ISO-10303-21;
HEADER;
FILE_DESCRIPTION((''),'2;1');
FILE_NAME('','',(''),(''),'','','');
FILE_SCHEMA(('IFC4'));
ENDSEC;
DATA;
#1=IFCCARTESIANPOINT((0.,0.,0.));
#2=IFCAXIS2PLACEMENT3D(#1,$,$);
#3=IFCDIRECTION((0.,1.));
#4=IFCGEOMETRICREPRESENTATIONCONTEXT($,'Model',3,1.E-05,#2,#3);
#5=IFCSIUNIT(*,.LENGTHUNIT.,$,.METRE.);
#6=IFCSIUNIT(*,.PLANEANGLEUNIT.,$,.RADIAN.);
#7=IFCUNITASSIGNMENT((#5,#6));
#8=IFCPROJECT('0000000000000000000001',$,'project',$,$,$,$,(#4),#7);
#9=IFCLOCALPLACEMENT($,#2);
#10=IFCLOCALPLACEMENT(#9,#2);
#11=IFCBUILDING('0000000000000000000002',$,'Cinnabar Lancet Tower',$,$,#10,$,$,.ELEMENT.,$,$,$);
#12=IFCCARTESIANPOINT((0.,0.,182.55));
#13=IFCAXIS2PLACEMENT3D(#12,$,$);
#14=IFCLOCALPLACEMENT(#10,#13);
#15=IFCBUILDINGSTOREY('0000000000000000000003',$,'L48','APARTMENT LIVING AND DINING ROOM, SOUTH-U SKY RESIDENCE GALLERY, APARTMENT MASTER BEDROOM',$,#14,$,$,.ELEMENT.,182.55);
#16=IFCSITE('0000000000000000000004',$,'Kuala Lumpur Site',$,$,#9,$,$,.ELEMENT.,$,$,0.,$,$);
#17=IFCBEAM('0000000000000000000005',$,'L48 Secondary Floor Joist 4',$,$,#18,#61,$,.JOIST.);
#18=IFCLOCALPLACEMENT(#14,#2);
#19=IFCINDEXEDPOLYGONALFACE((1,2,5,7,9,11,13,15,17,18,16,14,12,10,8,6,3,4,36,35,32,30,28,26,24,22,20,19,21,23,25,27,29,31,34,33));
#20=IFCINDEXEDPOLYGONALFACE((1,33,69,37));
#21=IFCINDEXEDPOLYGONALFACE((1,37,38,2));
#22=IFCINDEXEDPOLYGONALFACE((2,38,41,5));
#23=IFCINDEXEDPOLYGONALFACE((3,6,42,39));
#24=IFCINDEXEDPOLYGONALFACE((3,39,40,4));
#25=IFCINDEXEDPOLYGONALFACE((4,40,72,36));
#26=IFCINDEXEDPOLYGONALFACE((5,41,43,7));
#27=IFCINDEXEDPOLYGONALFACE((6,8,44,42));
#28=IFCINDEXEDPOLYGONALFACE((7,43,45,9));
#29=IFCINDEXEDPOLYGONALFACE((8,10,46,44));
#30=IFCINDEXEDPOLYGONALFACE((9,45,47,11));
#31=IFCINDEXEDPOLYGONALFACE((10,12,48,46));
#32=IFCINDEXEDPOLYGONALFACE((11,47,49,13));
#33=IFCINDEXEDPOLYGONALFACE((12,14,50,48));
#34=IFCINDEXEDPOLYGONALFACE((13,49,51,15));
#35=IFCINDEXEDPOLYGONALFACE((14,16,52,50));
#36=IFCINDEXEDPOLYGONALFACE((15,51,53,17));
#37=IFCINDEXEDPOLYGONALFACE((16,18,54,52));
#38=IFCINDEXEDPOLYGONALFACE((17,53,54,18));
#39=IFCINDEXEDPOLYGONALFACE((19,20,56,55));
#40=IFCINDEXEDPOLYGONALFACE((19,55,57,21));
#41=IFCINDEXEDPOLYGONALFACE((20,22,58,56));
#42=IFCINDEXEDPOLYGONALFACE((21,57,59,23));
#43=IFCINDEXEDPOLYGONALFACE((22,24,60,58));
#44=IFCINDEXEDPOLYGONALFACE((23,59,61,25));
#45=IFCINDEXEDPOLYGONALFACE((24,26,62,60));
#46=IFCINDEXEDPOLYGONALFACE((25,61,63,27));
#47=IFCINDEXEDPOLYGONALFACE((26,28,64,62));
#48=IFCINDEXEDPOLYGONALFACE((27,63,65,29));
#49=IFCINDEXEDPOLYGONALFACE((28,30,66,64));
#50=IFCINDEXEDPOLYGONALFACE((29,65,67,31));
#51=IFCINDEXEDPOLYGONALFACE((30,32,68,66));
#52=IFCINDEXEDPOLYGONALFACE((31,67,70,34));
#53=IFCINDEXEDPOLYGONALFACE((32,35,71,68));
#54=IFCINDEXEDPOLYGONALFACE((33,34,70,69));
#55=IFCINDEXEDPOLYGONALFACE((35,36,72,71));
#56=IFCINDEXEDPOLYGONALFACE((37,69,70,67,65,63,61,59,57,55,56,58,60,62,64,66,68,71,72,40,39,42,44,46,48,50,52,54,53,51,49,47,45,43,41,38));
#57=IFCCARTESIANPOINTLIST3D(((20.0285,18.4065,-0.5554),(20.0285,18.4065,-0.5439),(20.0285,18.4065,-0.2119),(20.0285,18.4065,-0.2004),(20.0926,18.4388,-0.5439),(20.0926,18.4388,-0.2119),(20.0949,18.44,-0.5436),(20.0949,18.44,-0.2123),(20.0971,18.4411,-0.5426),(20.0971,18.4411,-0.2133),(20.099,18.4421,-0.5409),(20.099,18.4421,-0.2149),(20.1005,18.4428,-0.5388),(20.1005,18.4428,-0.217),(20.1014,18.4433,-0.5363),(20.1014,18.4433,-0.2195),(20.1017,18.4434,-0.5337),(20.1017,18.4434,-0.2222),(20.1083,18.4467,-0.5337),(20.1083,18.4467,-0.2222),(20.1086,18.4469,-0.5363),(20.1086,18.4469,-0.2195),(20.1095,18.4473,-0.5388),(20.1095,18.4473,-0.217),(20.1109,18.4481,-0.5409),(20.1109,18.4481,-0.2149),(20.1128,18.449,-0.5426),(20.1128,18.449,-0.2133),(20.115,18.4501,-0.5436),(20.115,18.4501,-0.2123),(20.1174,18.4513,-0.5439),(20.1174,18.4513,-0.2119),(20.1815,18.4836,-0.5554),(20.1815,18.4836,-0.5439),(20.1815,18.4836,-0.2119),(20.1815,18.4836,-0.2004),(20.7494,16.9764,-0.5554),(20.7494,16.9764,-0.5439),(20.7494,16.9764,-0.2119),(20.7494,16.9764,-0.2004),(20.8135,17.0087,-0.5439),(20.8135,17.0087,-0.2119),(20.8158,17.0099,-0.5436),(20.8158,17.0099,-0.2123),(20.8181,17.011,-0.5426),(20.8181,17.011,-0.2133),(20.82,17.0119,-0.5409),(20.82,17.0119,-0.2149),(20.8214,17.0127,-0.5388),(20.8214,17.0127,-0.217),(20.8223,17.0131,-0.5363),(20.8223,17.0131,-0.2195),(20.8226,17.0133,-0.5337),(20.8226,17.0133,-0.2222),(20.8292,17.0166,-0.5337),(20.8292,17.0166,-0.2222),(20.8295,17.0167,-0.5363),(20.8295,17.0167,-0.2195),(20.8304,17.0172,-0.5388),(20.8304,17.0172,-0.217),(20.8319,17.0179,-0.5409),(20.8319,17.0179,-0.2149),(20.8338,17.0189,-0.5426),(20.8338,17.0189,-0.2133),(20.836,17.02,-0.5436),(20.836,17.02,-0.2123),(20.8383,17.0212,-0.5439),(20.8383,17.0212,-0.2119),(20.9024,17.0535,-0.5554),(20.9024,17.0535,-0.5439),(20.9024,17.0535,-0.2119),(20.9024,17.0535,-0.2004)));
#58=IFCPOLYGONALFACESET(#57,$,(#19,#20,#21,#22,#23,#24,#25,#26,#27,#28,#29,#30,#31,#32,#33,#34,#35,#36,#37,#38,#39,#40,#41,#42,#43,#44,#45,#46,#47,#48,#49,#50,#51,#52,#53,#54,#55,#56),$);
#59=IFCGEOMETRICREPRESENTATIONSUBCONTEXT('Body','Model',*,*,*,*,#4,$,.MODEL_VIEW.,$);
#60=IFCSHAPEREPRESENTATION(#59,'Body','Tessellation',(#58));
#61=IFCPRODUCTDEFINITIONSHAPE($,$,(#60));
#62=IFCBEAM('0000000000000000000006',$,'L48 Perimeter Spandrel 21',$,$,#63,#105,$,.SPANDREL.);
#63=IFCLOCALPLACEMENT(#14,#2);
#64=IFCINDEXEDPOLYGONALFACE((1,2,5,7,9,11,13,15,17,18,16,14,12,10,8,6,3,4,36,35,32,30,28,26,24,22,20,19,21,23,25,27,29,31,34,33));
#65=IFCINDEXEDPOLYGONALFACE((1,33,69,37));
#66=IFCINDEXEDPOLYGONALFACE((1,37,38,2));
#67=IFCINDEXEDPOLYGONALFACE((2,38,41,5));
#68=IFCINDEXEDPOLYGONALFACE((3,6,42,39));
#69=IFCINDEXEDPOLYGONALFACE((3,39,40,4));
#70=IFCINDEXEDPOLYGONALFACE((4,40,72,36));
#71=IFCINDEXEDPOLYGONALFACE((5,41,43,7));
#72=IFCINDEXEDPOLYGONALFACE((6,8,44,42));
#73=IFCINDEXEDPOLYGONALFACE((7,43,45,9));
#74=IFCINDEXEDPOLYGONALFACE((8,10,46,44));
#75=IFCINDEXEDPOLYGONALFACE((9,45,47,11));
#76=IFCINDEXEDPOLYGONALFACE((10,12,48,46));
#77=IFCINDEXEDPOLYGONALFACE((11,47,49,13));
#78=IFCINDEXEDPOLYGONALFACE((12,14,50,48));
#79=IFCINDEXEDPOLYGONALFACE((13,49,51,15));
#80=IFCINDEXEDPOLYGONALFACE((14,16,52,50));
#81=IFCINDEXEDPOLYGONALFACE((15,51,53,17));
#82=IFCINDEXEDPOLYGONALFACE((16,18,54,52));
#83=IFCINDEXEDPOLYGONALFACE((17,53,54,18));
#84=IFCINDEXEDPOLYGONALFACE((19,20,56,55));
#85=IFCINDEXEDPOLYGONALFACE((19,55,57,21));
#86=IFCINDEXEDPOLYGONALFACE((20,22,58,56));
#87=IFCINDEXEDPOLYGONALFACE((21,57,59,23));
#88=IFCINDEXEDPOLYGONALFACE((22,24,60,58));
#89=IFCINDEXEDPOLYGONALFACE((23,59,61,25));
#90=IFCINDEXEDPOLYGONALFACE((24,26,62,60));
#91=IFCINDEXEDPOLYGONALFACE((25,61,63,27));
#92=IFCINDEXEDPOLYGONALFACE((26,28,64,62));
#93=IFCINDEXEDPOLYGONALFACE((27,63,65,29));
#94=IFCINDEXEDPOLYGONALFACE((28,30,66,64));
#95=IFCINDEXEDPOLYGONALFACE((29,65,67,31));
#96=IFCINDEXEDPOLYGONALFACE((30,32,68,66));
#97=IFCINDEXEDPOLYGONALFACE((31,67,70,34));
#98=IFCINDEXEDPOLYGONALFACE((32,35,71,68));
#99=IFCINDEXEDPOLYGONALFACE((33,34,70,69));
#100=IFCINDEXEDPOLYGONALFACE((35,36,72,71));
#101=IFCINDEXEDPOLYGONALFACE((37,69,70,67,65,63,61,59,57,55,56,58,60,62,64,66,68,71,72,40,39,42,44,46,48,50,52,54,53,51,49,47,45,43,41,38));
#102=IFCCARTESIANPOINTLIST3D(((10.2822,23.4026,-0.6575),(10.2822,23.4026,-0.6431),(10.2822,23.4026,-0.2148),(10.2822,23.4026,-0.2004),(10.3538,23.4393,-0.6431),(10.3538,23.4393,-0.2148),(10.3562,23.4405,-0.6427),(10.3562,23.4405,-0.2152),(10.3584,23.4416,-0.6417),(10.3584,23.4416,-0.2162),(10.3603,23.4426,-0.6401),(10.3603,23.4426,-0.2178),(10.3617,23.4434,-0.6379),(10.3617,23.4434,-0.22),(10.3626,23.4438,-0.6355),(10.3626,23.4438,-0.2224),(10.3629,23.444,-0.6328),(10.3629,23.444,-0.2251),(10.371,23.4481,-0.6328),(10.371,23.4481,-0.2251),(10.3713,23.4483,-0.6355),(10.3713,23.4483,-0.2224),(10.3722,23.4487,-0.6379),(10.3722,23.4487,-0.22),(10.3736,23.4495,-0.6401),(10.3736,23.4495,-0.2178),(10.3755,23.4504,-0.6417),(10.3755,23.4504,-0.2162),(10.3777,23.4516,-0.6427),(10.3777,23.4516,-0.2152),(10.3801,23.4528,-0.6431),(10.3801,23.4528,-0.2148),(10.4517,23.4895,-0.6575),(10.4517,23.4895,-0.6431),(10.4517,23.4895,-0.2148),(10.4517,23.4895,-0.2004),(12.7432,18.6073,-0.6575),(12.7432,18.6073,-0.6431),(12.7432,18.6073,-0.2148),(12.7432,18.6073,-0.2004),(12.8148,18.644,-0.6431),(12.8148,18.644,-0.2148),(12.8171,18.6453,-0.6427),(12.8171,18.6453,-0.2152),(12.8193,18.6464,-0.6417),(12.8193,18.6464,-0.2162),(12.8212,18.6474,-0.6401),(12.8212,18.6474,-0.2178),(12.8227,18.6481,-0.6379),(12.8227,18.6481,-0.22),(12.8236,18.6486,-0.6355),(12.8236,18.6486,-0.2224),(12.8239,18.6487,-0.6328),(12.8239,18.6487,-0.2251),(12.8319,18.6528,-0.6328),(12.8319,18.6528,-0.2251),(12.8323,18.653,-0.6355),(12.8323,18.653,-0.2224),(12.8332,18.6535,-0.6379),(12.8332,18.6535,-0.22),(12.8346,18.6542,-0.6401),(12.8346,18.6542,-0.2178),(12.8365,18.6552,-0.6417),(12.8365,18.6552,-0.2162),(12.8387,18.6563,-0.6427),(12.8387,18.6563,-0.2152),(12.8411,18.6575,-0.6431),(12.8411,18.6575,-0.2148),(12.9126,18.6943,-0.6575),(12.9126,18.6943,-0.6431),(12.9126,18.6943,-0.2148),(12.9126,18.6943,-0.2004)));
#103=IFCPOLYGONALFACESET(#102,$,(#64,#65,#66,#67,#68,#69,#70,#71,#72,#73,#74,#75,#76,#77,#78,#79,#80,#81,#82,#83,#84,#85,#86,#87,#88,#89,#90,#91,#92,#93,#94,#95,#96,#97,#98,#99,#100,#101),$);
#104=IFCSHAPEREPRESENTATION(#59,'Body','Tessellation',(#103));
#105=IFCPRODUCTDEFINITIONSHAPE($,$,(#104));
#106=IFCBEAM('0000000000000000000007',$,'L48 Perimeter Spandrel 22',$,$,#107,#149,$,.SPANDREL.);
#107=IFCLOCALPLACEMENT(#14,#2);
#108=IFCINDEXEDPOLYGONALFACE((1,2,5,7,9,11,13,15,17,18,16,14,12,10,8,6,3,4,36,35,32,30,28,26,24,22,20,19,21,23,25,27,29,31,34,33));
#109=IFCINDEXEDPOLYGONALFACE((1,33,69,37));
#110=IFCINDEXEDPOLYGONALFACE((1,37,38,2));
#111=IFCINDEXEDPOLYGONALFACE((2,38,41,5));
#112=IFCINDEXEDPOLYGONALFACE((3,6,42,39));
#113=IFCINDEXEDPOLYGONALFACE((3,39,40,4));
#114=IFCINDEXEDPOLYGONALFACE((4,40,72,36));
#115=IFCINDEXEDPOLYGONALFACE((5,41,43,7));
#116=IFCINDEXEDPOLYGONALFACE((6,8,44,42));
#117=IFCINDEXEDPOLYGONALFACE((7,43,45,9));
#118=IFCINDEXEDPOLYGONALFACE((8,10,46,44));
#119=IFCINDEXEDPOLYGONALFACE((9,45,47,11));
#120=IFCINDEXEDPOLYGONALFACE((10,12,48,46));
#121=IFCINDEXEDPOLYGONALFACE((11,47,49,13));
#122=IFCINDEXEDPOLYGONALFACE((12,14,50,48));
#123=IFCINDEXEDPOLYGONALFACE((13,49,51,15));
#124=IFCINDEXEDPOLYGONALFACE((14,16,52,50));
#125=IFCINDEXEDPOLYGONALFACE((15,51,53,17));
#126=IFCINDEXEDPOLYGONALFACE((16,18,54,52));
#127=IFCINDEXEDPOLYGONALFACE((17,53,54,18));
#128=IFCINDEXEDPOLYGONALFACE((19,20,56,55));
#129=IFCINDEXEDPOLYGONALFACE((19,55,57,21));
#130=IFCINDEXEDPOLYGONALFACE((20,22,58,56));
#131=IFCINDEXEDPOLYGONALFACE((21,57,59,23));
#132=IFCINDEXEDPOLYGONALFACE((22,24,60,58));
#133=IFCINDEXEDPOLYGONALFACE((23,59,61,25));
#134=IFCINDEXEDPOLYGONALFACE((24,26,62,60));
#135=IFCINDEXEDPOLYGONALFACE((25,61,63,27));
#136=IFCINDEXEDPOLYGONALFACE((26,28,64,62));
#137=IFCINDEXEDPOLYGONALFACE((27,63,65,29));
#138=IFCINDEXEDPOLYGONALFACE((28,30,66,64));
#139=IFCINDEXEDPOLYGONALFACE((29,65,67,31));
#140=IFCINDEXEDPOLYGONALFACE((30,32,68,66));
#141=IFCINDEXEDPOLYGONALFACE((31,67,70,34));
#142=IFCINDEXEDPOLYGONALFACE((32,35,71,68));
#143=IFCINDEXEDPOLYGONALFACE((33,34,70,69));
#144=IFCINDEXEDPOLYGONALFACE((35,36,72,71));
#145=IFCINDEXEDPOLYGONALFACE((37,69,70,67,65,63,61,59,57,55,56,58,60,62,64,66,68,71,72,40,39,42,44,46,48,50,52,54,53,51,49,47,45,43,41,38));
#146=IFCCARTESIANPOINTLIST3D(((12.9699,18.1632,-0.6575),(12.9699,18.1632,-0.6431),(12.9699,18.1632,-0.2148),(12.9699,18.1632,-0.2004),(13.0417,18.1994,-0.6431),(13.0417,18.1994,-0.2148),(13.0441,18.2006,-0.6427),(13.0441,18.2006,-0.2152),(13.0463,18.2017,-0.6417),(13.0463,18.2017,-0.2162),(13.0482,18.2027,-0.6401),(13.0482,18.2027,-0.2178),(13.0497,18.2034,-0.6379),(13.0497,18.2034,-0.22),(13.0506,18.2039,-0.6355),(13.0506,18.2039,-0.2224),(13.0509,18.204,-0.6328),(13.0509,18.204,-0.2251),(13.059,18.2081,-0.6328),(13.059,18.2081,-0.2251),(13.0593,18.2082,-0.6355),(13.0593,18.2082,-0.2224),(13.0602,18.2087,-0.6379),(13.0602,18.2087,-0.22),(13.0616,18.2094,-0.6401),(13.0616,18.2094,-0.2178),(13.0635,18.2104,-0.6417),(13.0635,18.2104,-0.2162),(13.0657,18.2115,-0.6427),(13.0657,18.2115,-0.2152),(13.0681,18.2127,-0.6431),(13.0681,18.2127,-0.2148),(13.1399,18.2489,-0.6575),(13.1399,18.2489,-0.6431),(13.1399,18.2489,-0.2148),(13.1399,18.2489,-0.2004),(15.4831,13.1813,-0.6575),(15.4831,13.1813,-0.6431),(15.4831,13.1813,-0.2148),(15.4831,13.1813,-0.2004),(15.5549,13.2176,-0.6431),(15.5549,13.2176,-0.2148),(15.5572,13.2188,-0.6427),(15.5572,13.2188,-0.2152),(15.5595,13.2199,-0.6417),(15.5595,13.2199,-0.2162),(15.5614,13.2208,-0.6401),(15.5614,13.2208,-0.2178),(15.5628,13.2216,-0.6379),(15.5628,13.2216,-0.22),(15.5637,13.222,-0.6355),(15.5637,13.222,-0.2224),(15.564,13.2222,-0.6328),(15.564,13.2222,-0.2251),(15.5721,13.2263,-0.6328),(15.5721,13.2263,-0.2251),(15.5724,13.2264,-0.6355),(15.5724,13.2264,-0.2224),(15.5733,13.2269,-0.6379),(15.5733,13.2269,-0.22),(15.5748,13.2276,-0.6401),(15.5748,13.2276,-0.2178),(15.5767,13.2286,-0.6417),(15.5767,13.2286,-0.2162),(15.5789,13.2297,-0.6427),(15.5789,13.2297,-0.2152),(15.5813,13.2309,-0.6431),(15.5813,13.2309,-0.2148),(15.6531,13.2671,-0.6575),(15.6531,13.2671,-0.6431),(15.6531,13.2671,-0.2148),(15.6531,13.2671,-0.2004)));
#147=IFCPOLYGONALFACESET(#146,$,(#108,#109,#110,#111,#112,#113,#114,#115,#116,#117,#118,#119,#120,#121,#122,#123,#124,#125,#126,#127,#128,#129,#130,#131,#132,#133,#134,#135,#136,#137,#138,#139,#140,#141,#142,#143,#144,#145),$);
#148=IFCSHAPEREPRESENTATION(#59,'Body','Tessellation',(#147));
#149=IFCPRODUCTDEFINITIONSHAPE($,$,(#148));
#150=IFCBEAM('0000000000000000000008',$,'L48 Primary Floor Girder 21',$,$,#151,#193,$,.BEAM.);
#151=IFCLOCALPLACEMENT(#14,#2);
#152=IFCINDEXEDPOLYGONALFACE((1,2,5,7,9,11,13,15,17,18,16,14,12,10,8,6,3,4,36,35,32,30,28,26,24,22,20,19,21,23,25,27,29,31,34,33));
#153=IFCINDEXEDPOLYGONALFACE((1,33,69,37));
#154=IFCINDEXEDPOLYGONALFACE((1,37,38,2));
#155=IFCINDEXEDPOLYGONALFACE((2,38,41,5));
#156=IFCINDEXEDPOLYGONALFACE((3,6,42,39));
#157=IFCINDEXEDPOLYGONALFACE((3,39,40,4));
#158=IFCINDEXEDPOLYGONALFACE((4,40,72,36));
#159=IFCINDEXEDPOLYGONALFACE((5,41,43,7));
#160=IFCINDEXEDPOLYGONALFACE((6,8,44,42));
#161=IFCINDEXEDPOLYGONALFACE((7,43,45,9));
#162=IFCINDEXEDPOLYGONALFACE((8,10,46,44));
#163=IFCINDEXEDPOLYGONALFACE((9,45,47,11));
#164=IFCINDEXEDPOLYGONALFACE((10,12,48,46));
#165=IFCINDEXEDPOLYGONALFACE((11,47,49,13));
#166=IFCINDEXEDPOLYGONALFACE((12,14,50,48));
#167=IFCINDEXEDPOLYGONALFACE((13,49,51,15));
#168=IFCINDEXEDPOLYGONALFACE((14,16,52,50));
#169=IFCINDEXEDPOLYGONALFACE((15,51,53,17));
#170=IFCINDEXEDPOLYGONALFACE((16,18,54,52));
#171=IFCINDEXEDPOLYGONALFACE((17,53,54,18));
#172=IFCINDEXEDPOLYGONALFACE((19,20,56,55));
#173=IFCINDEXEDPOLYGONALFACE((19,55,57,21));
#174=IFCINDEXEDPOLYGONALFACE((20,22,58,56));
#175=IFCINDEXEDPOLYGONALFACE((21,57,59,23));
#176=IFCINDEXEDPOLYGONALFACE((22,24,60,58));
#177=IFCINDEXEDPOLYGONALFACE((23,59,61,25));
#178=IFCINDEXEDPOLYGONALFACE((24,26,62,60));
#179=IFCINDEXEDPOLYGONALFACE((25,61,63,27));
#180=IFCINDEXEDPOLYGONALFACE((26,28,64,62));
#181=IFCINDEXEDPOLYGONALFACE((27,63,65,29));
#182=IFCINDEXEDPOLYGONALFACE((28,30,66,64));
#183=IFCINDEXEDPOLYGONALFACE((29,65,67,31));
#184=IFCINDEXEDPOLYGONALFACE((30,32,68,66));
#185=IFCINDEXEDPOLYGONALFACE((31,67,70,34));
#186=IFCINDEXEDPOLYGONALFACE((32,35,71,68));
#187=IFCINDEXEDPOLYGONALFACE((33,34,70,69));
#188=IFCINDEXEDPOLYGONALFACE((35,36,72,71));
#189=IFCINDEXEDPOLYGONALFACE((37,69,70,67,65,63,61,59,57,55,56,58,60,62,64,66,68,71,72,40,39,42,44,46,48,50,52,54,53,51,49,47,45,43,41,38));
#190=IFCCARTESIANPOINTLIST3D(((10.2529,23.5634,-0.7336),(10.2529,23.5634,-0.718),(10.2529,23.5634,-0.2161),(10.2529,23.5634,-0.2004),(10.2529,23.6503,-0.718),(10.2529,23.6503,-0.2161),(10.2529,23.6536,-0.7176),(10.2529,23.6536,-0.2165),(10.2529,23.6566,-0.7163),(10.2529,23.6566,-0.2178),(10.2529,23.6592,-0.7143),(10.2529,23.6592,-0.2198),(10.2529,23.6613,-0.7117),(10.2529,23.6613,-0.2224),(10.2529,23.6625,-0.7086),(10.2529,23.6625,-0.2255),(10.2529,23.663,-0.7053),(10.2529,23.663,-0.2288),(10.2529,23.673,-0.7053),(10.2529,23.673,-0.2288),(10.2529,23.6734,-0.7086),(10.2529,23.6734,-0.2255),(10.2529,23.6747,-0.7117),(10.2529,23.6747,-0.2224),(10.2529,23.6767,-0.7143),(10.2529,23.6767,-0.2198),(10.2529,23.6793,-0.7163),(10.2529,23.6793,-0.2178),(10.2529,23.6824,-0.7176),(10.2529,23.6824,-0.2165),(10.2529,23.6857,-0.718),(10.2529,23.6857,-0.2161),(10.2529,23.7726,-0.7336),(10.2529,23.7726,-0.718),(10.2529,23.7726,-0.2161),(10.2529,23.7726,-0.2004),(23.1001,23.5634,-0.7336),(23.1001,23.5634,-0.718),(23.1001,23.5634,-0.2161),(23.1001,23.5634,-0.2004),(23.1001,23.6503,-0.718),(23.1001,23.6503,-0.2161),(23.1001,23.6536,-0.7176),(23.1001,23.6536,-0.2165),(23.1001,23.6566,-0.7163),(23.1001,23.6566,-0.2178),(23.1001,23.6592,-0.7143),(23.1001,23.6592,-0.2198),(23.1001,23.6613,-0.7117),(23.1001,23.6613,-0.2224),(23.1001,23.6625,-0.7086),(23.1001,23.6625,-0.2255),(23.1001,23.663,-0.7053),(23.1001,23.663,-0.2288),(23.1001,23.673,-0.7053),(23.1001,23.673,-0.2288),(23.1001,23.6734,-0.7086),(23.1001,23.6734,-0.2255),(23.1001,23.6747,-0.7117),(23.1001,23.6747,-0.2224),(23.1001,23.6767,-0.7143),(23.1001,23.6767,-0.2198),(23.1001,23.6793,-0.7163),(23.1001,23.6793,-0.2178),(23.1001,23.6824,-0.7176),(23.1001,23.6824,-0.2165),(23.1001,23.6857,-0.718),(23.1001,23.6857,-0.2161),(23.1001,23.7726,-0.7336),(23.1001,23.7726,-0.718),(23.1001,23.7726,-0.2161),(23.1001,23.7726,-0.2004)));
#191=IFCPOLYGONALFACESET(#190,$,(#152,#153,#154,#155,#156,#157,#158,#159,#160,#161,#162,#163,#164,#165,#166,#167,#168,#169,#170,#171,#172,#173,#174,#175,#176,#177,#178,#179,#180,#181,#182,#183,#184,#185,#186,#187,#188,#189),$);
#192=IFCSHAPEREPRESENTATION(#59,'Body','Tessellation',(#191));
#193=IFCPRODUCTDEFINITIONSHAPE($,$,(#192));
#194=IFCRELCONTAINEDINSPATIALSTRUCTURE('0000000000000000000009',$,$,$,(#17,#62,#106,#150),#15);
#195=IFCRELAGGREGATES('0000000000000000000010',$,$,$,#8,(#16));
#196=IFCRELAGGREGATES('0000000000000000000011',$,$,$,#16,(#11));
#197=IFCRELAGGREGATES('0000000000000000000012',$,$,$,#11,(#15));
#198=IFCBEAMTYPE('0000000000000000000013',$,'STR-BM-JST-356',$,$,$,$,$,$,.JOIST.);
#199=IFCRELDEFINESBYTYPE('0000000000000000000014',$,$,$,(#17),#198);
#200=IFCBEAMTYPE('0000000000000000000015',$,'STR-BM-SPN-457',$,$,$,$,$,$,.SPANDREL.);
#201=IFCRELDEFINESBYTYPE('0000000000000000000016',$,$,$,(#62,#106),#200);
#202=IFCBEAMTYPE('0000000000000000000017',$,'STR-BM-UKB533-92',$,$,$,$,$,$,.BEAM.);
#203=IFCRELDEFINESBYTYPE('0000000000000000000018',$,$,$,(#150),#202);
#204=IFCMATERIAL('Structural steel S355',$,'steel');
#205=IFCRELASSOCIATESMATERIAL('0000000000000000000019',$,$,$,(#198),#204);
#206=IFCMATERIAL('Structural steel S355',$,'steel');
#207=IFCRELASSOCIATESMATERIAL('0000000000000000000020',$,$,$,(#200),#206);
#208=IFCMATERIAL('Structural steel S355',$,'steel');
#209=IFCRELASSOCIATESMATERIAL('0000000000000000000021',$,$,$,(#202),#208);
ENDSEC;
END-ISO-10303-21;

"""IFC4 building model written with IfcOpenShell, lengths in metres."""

from ifc_helpers import new_model, si_unit, direction, frame, origin, origin_2d, place, context, subcontext, project, spatial, i_section, extrude, material, material_profile, profile_set, type_object, element, save


model = new_model("IFC4")

# Units and contexts
model_context = context("Model", 3, precision=1e-05, world=origin(), true_north=direction((0.0, 1.0)))
body_context = subcontext(model_context, "Body", "Model", "MODEL_VIEW")
ifc_project = project(units=[si_unit("LENGTHUNIT", "METRE"), si_unit("PLANEANGLEUNIT", "RADIAN")], contexts=[model_context])

# Site, building, storey
site_placement = place(None, origin())
site = spatial("IfcSite", under=ifc_project, at=site_placement, Name="Kuala Lumpur Site", CompositionType="ELEMENT", RefElevation=0.0)
building_placement = place(site_placement, origin())
building = spatial("IfcBuilding", under=site, at=building_placement, Name="Cinnabar Lancet Tower", CompositionType="ELEMENT")
storey_placement = place(building_placement, frame((0.0, 0.0, 182.55)))
storey = spatial("IfcBuildingStorey", under=building, at=storey_placement, Name="L48", Description="APARTMENT LIVING AND DINING ROOM, SOUTH-U SKY RESIDENCE GALLERY, APARTMENT MASTER BEDROOM", CompositionType="ELEMENT", Elevation=182.55)

# Beams
ifc_material_1 = material(Name="Structural steel S355", Category="steel")
ifc_material_profile_1 = material_profile(ifc_material_1, i_section(OverallWidth=0.1714, OverallDepth=0.355, WebThickness=0.0073, FlangeThickness=0.0115, FilletRadius=0.0103, at=origin_2d()), Name="UKB 356x171x51")
ifc_profile_set_1 = profile_set([ifc_material_profile_1], Name="Structural steel S355")
beam_type_1 = type_object("IfcBeamType", Name="STR-BM-JST-356", PredefinedType="JOIST", material=ifc_profile_set_1)
beam_1_placement = place(storey_placement, frame((20.105, 18.4451, -0.3779), z_axis=(0.450138, -0.892959, 0.0), x_axis=(0.892959, 0.450138, 0.0)))
element("IfcBeam", 1, at=beam_1_placement, inside=storey, type_object=beam_type_1, Name="L48 Secondary Floor Joist 4", PredefinedType="JOIST", context=body_context, shape_type="SweptSolid", body=[
    extrude(i_section(OverallWidth=0.1714, OverallDepth=0.355, WebThickness=0.0073, FlangeThickness=0.0115, FilletRadius=0.0103, at=origin_2d()), origin(), (0.0, 0.0, 1.0), 1.6016),
])
ifc_material_2 = material(Name="Structural steel S355", Category="steel")
ifc_material_profile_2 = material_profile(ifc_material_2, i_section(OverallWidth=0.1904, OverallDepth=0.457, WebThickness=0.009, FlangeThickness=0.0144, FilletRadius=0.0103, at=origin_2d()), Name="UKB 457x191x74")
ifc_profile_set_2 = profile_set([ifc_material_profile_2], Name="Structural steel S355")
beam_type_2 = type_object("IfcBeamType", Name="STR-BM-SPN-457", PredefinedType="SPANDREL", material=ifc_profile_set_2)
beam_2_placement = place(storey_placement, frame((10.3669, 23.446, -0.429), z_axis=(0.456593, -0.889676, 0.0), x_axis=(0.889676, 0.456593, 0.0)))
element("IfcBeam", 2, at=beam_2_placement, inside=storey, type_object=beam_type_2, Name="L48 Perimeter Spandrel 21", PredefinedType="SPANDREL", context=body_context, shape_type="SweptSolid", body=[
    extrude(i_section(OverallWidth=0.1904, OverallDepth=0.457, WebThickness=0.009, FlangeThickness=0.0144, FilletRadius=0.0103, at=origin_2d()), origin(), (0.0, 0.0, 1.0), 5.3899),
])
beam_3_placement = place(storey_placement, frame((13.0549, 18.2061, -0.429), z_axis=(0.450396, -0.892829, 0.0), x_axis=(0.892829, 0.450396, 0.0)))
element("IfcBeam", 3, at=beam_3_placement, inside=storey, type_object=beam_type_2, Name="L48 Perimeter Spandrel 22", PredefinedType="SPANDREL", context=body_context, shape_type="SweptSolid", body=[
    extrude(i_section(OverallWidth=0.1904, OverallDepth=0.457, WebThickness=0.009, FlangeThickness=0.0144, FilletRadius=0.0103, at=origin_2d()), origin(), (0.0, 0.0, 1.0), 5.5798),
])
ifc_material_3 = material(Name="Structural steel S355", Category="steel")
ifc_material_profile_3 = material_profile(ifc_material_3, i_section(OverallWidth=0.2092, OverallDepth=0.5332, WebThickness=0.01, FlangeThickness=0.0156, FilletRadius=0.0127, at=origin_2d()), Name="UKB 533x210x92")
ifc_profile_set_3 = profile_set([ifc_material_profile_3], Name="Structural steel S355")
beam_type_3 = type_object("IfcBeamType", Name="STR-BM-UKB533-92", PredefinedType="BEAM", material=ifc_profile_set_3)
beam_4_placement = place(storey_placement, frame((10.2529, 23.668, -0.467), z_axis=(1.0, 0.0, 0.0), x_axis=(0.0, 1.0, 0.0)))
element("IfcBeam", 4, at=beam_4_placement, inside=storey, type_object=beam_type_3, Name="L48 Primary Floor Girder 21", PredefinedType="BEAM", context=body_context, shape_type="SweptSolid", body=[
    extrude(i_section(OverallWidth=0.2092, OverallDepth=0.5332, WebThickness=0.01, FlangeThickness=0.0156, FilletRadius=0.0127, at=origin_2d()), origin(), (0.0, 0.0, 1.0), 12.8472),
])

save(model, "model.ifc")
